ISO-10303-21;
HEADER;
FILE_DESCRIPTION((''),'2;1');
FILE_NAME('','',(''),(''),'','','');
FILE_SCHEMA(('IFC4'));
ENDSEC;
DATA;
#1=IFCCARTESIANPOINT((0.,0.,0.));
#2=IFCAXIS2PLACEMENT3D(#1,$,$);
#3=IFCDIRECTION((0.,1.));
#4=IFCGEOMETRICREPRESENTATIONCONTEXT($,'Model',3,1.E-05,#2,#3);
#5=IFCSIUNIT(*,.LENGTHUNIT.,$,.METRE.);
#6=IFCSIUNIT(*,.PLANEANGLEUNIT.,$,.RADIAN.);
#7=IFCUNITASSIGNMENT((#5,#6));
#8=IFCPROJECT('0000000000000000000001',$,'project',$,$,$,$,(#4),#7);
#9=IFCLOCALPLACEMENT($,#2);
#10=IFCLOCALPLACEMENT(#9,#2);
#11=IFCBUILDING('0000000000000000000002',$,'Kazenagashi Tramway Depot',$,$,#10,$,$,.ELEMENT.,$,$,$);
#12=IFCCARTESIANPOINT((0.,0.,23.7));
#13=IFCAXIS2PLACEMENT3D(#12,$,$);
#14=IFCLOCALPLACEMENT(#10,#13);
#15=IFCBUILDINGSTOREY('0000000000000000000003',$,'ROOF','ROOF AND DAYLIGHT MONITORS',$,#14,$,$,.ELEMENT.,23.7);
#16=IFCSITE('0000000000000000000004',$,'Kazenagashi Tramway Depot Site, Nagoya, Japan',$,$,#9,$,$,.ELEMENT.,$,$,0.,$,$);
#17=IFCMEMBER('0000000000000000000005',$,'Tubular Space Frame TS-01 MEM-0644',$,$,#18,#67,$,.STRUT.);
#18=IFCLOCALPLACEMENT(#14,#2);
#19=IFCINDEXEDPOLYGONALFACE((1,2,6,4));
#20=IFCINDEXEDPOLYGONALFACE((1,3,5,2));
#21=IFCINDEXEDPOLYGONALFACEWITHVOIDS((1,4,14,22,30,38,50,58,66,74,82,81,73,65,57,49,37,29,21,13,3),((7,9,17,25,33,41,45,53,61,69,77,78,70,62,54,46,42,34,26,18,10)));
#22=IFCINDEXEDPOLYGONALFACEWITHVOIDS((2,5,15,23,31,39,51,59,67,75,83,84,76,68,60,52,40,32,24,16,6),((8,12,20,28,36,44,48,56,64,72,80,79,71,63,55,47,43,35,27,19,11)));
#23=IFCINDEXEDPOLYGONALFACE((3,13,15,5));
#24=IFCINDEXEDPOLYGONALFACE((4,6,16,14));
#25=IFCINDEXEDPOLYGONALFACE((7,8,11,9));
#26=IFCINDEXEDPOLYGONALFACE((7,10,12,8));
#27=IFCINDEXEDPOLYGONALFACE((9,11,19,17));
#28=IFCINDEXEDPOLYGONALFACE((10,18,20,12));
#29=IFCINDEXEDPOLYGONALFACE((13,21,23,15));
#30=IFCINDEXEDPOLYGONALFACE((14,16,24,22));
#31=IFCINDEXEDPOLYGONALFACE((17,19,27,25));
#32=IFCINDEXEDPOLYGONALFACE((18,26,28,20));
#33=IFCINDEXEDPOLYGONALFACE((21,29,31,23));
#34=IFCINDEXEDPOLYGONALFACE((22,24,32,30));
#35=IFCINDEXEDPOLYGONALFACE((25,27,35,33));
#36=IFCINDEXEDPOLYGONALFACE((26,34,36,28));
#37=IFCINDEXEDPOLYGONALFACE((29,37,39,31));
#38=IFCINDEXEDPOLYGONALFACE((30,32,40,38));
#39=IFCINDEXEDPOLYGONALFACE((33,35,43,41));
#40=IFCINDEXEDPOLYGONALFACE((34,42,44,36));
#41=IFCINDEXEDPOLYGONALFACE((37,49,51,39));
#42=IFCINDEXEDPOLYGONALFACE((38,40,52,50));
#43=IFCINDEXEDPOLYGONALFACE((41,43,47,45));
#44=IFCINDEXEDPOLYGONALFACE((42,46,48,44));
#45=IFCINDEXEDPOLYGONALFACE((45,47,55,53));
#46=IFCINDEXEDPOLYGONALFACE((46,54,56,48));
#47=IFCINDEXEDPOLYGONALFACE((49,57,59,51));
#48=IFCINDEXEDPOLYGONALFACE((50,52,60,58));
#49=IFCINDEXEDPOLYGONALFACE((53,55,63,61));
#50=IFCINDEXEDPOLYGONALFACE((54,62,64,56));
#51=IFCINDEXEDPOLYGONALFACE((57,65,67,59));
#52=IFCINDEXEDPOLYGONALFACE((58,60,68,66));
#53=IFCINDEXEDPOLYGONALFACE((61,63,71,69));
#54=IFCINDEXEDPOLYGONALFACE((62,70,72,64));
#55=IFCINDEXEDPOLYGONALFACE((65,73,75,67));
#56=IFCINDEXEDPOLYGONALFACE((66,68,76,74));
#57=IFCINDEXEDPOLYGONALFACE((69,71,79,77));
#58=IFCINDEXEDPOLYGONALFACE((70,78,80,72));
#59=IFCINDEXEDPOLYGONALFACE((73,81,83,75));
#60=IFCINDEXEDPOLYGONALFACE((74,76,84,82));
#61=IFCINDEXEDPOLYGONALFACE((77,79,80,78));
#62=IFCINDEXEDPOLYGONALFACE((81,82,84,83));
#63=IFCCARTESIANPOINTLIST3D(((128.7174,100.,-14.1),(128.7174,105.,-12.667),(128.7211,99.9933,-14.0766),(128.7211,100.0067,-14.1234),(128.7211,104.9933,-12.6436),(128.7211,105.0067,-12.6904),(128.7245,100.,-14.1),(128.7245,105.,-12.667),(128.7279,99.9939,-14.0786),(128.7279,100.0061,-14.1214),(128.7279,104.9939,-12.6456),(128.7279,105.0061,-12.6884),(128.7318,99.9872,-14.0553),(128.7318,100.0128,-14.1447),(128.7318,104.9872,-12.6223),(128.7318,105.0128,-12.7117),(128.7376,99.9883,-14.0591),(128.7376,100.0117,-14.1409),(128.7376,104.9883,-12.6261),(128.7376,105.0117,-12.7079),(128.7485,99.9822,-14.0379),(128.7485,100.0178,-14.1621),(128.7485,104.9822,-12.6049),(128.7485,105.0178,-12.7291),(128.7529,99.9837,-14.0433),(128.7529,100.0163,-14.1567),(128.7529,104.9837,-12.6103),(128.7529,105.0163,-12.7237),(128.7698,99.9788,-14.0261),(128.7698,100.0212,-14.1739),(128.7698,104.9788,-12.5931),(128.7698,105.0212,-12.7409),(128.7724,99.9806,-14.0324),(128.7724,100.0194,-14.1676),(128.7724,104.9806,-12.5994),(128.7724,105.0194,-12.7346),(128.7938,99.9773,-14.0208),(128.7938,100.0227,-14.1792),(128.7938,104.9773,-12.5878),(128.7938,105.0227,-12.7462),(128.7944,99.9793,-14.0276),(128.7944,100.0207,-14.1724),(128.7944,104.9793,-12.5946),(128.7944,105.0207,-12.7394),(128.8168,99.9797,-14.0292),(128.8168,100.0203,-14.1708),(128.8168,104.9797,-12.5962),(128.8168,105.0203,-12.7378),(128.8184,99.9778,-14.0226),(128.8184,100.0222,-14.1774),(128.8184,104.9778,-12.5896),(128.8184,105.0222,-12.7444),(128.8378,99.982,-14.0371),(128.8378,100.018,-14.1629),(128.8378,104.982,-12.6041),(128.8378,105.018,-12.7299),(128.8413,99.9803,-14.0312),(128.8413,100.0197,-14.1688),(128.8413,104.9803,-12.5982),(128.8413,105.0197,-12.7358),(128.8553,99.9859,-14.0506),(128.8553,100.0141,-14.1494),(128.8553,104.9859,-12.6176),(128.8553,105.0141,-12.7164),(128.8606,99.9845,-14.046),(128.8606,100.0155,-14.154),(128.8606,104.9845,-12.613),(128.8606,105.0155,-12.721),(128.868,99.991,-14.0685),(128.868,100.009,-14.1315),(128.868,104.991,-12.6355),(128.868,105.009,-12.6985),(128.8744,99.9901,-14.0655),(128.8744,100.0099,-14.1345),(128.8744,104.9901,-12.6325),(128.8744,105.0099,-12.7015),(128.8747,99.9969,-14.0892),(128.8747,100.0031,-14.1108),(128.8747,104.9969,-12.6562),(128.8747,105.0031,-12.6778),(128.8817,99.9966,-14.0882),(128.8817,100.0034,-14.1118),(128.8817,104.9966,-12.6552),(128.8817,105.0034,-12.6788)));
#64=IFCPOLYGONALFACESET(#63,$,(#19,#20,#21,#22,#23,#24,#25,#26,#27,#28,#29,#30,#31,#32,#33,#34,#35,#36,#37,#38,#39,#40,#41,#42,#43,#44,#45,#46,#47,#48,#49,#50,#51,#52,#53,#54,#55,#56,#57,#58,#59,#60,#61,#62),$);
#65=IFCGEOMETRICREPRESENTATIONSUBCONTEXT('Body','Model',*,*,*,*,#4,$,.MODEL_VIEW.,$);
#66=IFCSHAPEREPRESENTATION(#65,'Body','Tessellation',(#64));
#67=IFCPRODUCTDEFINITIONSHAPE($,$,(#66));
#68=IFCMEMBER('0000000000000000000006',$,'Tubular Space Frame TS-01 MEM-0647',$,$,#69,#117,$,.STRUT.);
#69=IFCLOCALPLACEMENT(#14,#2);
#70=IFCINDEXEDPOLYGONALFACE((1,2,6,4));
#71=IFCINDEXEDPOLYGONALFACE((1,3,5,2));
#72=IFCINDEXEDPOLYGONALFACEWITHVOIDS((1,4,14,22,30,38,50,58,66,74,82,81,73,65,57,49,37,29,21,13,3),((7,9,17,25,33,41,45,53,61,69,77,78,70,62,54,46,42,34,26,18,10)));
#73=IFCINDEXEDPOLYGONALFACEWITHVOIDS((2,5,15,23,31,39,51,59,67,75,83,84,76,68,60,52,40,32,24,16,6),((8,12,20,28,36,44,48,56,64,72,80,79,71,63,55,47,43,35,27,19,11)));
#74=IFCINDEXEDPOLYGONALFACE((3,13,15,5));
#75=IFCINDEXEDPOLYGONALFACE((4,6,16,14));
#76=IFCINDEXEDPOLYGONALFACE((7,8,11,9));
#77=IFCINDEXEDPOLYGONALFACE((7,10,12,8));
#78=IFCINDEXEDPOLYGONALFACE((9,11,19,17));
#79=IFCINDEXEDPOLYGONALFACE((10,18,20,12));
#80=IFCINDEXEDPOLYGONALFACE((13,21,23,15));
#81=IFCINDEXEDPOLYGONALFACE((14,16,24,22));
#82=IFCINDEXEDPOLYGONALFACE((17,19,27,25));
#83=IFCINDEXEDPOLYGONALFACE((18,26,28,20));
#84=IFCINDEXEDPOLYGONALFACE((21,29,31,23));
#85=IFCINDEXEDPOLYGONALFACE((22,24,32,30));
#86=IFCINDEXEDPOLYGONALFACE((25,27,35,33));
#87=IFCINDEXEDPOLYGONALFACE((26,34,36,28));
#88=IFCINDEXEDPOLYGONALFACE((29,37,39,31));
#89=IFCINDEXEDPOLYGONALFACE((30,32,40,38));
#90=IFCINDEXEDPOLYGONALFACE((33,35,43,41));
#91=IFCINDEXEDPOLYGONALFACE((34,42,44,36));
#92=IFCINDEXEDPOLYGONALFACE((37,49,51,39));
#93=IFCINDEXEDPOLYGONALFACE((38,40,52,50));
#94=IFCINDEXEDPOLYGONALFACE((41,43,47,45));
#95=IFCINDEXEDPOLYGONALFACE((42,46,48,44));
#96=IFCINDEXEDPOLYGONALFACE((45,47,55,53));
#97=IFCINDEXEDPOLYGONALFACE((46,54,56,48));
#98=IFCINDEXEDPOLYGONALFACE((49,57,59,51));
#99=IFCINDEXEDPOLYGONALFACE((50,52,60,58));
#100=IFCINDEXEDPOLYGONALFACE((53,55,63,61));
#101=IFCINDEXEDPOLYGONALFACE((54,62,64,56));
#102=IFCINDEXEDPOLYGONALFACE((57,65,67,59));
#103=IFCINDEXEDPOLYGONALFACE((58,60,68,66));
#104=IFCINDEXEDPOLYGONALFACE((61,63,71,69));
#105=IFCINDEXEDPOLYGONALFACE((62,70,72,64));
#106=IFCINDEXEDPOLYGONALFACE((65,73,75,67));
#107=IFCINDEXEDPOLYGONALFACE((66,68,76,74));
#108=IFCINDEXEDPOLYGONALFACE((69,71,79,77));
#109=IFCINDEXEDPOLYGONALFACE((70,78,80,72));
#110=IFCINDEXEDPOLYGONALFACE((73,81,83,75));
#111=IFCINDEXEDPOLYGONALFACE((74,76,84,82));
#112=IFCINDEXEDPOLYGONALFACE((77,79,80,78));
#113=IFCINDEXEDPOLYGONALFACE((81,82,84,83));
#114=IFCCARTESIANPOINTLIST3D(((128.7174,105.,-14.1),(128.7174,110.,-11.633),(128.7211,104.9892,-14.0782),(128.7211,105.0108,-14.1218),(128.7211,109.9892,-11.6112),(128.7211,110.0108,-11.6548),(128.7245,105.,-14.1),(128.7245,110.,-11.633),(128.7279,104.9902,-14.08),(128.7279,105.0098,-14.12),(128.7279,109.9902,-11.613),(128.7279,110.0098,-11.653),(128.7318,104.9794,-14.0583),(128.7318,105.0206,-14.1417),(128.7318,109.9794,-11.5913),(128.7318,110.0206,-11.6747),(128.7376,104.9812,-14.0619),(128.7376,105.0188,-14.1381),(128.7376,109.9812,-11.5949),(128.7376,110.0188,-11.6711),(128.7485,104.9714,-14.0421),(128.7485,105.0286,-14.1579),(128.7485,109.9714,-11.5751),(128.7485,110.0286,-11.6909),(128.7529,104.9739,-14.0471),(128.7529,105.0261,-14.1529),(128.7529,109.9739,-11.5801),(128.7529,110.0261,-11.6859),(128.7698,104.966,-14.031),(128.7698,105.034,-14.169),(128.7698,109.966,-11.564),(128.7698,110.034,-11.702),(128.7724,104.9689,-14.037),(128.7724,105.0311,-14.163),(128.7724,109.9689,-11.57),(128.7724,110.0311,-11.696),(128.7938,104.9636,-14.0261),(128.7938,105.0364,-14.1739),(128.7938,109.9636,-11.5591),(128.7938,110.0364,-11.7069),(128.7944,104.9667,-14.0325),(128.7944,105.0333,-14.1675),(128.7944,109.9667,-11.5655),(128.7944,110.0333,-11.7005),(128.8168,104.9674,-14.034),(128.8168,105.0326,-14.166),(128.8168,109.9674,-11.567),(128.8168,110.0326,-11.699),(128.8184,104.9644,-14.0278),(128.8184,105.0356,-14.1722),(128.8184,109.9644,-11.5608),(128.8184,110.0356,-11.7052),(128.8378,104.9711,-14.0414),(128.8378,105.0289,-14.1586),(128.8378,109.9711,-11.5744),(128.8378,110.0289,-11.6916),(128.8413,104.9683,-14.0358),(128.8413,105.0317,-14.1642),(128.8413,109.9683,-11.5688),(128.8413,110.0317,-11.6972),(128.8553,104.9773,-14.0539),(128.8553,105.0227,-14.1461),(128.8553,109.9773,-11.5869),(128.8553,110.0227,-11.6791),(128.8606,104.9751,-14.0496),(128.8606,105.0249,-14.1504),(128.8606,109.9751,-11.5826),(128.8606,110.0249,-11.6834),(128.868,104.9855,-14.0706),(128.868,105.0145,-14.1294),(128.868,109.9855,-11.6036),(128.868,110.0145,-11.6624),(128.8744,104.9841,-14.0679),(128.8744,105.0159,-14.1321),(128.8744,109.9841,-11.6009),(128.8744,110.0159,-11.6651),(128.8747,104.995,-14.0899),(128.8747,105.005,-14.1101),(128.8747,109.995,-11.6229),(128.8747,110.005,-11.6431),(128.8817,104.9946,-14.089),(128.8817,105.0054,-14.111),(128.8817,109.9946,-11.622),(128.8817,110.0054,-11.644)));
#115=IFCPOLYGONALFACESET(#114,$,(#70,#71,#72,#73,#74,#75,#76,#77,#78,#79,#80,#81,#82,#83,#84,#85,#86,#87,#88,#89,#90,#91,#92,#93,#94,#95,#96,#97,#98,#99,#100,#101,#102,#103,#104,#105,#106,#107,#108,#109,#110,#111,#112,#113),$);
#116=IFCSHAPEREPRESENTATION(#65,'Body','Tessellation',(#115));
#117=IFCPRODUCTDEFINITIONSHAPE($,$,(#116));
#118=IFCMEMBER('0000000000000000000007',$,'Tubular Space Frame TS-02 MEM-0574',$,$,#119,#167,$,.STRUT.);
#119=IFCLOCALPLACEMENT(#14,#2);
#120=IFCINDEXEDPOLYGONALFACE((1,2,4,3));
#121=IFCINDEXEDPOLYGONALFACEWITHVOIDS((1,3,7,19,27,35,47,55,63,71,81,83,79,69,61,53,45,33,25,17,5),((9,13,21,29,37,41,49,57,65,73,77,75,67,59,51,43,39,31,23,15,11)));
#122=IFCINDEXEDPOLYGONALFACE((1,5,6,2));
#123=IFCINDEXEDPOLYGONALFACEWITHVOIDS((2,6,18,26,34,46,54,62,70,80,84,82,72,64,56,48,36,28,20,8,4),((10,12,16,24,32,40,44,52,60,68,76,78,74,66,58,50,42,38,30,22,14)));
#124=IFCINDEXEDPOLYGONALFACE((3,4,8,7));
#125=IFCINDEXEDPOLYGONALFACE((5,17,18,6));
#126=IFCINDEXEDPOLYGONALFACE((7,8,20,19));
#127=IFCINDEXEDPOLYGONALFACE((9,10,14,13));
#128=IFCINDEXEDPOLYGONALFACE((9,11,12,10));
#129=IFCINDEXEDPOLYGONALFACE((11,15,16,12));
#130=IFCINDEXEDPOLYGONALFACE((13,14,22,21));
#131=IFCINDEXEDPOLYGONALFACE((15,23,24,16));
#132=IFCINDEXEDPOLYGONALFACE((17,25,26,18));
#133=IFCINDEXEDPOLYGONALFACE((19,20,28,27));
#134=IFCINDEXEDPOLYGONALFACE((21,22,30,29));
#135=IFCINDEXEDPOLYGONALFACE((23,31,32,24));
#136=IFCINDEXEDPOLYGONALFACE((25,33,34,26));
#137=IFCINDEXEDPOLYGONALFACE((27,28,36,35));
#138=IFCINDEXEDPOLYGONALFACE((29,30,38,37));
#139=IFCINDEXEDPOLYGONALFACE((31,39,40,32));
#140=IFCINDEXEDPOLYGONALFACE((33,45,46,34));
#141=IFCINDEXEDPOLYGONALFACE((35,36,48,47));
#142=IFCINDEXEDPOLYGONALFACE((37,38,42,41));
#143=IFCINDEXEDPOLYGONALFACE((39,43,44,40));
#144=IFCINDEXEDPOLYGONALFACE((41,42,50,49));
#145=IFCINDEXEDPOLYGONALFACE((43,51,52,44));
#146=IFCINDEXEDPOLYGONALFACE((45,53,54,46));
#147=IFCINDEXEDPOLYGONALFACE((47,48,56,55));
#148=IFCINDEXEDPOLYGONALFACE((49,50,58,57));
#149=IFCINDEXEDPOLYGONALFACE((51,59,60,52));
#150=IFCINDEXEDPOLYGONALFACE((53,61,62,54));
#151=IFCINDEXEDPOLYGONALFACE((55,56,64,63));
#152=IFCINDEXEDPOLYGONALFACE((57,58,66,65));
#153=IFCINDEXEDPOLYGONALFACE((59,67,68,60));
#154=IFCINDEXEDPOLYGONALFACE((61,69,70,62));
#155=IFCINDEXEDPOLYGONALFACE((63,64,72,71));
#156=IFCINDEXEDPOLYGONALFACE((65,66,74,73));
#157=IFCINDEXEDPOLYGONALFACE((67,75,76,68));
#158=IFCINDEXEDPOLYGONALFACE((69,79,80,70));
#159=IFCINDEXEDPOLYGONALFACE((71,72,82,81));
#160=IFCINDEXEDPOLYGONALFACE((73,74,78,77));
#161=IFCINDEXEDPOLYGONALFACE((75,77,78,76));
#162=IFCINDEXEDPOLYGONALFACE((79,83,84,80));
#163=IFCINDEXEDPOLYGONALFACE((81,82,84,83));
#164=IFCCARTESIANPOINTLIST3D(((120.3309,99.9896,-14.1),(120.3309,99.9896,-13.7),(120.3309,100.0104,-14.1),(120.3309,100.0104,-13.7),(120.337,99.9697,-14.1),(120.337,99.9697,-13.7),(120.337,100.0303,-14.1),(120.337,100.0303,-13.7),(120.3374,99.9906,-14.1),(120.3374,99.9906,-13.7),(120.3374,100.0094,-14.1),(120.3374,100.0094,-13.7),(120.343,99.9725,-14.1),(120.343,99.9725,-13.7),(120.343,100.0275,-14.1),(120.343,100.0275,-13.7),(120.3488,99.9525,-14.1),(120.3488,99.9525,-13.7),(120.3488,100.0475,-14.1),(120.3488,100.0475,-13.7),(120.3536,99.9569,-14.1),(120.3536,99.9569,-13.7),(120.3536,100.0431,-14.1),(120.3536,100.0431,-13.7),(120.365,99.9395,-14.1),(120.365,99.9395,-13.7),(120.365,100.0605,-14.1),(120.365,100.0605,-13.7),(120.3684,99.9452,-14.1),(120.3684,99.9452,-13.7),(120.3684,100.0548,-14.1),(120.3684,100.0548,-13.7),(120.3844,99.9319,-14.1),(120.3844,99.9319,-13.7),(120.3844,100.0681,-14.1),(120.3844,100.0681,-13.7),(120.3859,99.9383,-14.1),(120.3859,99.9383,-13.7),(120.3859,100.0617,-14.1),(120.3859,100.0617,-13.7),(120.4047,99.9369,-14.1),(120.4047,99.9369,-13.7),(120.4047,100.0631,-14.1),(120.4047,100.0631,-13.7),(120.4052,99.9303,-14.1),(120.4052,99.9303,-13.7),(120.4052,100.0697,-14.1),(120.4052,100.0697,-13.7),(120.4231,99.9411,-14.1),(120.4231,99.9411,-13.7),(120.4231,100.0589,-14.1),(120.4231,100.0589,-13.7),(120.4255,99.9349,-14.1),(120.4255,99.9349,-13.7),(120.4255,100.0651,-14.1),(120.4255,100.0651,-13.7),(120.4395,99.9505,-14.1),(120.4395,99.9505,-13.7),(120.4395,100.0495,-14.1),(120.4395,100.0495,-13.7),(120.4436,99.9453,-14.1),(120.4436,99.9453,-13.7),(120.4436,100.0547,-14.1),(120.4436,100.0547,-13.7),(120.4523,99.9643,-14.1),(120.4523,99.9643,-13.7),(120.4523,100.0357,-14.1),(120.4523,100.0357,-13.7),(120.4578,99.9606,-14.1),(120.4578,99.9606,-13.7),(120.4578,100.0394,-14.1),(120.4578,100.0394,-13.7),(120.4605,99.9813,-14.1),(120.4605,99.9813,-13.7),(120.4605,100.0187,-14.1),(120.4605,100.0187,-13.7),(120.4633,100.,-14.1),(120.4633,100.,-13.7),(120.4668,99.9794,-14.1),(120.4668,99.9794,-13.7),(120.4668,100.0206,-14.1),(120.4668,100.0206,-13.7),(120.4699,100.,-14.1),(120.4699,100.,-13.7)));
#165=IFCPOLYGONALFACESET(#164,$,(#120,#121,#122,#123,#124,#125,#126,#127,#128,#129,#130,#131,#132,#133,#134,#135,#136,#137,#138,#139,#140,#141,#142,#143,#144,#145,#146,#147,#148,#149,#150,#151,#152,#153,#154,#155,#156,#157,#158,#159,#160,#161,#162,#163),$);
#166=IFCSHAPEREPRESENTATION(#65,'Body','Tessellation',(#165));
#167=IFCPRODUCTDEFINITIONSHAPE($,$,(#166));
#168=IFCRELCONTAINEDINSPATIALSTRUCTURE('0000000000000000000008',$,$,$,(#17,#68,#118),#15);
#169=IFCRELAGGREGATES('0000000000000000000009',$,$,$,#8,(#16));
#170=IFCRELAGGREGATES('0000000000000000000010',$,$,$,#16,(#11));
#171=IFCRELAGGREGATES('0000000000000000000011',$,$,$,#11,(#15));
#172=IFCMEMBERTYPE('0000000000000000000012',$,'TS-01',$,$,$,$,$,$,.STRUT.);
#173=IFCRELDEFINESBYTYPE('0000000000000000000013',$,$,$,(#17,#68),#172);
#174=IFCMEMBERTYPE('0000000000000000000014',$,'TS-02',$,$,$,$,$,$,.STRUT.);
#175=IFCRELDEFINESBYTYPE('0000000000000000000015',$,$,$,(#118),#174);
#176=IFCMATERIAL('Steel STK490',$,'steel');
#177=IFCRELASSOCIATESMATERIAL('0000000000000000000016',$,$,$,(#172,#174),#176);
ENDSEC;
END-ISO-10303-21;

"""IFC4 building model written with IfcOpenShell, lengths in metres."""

from ifc_helpers import new_model, si_unit, direction, frame, origin, origin_2d, place, context, subcontext, project, spatial, hollow_circle, extrude, material, material_profile, profile_set, type_object, element, save


model = new_model("IFC4")

# Units and contexts
model_context = context("Model", 3, precision=1e-05, world=origin(), true_north=direction((0.0, 1.0)))
body_context = subcontext(model_context, "Body", "Model", "MODEL_VIEW")
ifc_project = project(units=[si_unit("LENGTHUNIT", "METRE"), si_unit("PLANEANGLEUNIT", "RADIAN")], contexts=[model_context])

# Site, building, storey
site_placement = place(None, origin())
site = spatial("IfcSite", under=ifc_project, at=site_placement, Name="Kazenagashi Tramway Depot Site, Nagoya, Japan", CompositionType="ELEMENT", RefElevation=0.0)
building_placement = place(site_placement, origin())
building = spatial("IfcBuilding", under=site, at=building_placement, Name="Kazenagashi Tramway Depot", CompositionType="ELEMENT")
storey_placement = place(building_placement, frame((0.0, 0.0, 23.7)))
storey = spatial("IfcBuildingStorey", under=building, at=storey_placement, Name="ROOF", Description="ROOF AND DAYLIGHT MONITORS", CompositionType="ELEMENT", Elevation=23.7)

# Members
ifc_material_1 = material(Name="Steel STK490", Category="steel")
ifc_material_profile_1 = material_profile(ifc_material_1, hollow_circle(Radius=0.0826, WallThickness=0.0071, at=origin_2d()), Name="CHS-165.2x7.1")
ifc_profile_set_1 = profile_set([ifc_material_profile_1], Name="Steel STK490")
member_type_1 = type_object("IfcMemberType", Name="TS-01", PredefinedType="STRUT", material=ifc_profile_set_1)
for number, where, z_axis, x_axis, name in (
    (1, (128.8, 100.0, -14.1), (0.0, 0.961299, 0.275508), (-1.0, 0.0, 0.0), "Tubular Space Frame TS-01 MEM-0644"),
):
    element("IfcMember", number, at=place(storey_placement, frame(where, z_axis=z_axis, x_axis=x_axis)), inside=storey, type_object=member_type_1, Name=name, PredefinedType="STRUT", context=body_context, shape_type="SweptSolid", body=[
        extrude(hollow_circle(Radius=0.0826, WallThickness=0.0071, at=origin_2d()), origin(), (0.0, 0.0, 1.0), 5.2013),
    ])
member_1_placement = place(storey_placement, frame((128.8, 105.0, -14.1), z_axis=(0.0, 0.896782, 0.442472), x_axis=(-1.0, 0.0, 0.0)))
element("IfcMember", 2, at=member_1_placement, inside=storey, type_object=member_type_1, Name="Tubular Space Frame TS-01 MEM-0647", PredefinedType="STRUT", context=body_context, shape_type="SweptSolid", body=[
    extrude(hollow_circle(Radius=0.0826, WallThickness=0.0071, at=origin_2d()), origin(), (0.0, 0.0, 1.0), 5.5755),
])
ifc_material_profile_2 = material_profile(ifc_material_1, hollow_circle(Radius=0.0699, WallThickness=0.0066, at=origin_2d()), Name="CHS-139.8x6.6")
ifc_profile_set_2 = profile_set([ifc_material_profile_2], Name="Steel STK490")
member_type_2 = type_object("IfcMemberType", Name="TS-02", PredefinedType="STRUT", material=ifc_profile_set_2)
member_2_placement = place(storey_placement, frame((120.4, 100.0, -14.1), z_axis=(0.0, 0.0, 1.0), x_axis=(1.0, 0.0, 0.0)))
element("IfcMember", 3, at=member_2_placement, inside=storey, type_object=member_type_2, Name="Tubular Space Frame TS-02 MEM-0574", PredefinedType="STRUT", context=body_context, shape_type="SweptSolid", body=[
    extrude(hollow_circle(Radius=0.0699, WallThickness=0.0066, at=origin_2d()), origin(), (0.0, 0.0, 1.0), 0.4),
])

save(model, "model.ifc")
